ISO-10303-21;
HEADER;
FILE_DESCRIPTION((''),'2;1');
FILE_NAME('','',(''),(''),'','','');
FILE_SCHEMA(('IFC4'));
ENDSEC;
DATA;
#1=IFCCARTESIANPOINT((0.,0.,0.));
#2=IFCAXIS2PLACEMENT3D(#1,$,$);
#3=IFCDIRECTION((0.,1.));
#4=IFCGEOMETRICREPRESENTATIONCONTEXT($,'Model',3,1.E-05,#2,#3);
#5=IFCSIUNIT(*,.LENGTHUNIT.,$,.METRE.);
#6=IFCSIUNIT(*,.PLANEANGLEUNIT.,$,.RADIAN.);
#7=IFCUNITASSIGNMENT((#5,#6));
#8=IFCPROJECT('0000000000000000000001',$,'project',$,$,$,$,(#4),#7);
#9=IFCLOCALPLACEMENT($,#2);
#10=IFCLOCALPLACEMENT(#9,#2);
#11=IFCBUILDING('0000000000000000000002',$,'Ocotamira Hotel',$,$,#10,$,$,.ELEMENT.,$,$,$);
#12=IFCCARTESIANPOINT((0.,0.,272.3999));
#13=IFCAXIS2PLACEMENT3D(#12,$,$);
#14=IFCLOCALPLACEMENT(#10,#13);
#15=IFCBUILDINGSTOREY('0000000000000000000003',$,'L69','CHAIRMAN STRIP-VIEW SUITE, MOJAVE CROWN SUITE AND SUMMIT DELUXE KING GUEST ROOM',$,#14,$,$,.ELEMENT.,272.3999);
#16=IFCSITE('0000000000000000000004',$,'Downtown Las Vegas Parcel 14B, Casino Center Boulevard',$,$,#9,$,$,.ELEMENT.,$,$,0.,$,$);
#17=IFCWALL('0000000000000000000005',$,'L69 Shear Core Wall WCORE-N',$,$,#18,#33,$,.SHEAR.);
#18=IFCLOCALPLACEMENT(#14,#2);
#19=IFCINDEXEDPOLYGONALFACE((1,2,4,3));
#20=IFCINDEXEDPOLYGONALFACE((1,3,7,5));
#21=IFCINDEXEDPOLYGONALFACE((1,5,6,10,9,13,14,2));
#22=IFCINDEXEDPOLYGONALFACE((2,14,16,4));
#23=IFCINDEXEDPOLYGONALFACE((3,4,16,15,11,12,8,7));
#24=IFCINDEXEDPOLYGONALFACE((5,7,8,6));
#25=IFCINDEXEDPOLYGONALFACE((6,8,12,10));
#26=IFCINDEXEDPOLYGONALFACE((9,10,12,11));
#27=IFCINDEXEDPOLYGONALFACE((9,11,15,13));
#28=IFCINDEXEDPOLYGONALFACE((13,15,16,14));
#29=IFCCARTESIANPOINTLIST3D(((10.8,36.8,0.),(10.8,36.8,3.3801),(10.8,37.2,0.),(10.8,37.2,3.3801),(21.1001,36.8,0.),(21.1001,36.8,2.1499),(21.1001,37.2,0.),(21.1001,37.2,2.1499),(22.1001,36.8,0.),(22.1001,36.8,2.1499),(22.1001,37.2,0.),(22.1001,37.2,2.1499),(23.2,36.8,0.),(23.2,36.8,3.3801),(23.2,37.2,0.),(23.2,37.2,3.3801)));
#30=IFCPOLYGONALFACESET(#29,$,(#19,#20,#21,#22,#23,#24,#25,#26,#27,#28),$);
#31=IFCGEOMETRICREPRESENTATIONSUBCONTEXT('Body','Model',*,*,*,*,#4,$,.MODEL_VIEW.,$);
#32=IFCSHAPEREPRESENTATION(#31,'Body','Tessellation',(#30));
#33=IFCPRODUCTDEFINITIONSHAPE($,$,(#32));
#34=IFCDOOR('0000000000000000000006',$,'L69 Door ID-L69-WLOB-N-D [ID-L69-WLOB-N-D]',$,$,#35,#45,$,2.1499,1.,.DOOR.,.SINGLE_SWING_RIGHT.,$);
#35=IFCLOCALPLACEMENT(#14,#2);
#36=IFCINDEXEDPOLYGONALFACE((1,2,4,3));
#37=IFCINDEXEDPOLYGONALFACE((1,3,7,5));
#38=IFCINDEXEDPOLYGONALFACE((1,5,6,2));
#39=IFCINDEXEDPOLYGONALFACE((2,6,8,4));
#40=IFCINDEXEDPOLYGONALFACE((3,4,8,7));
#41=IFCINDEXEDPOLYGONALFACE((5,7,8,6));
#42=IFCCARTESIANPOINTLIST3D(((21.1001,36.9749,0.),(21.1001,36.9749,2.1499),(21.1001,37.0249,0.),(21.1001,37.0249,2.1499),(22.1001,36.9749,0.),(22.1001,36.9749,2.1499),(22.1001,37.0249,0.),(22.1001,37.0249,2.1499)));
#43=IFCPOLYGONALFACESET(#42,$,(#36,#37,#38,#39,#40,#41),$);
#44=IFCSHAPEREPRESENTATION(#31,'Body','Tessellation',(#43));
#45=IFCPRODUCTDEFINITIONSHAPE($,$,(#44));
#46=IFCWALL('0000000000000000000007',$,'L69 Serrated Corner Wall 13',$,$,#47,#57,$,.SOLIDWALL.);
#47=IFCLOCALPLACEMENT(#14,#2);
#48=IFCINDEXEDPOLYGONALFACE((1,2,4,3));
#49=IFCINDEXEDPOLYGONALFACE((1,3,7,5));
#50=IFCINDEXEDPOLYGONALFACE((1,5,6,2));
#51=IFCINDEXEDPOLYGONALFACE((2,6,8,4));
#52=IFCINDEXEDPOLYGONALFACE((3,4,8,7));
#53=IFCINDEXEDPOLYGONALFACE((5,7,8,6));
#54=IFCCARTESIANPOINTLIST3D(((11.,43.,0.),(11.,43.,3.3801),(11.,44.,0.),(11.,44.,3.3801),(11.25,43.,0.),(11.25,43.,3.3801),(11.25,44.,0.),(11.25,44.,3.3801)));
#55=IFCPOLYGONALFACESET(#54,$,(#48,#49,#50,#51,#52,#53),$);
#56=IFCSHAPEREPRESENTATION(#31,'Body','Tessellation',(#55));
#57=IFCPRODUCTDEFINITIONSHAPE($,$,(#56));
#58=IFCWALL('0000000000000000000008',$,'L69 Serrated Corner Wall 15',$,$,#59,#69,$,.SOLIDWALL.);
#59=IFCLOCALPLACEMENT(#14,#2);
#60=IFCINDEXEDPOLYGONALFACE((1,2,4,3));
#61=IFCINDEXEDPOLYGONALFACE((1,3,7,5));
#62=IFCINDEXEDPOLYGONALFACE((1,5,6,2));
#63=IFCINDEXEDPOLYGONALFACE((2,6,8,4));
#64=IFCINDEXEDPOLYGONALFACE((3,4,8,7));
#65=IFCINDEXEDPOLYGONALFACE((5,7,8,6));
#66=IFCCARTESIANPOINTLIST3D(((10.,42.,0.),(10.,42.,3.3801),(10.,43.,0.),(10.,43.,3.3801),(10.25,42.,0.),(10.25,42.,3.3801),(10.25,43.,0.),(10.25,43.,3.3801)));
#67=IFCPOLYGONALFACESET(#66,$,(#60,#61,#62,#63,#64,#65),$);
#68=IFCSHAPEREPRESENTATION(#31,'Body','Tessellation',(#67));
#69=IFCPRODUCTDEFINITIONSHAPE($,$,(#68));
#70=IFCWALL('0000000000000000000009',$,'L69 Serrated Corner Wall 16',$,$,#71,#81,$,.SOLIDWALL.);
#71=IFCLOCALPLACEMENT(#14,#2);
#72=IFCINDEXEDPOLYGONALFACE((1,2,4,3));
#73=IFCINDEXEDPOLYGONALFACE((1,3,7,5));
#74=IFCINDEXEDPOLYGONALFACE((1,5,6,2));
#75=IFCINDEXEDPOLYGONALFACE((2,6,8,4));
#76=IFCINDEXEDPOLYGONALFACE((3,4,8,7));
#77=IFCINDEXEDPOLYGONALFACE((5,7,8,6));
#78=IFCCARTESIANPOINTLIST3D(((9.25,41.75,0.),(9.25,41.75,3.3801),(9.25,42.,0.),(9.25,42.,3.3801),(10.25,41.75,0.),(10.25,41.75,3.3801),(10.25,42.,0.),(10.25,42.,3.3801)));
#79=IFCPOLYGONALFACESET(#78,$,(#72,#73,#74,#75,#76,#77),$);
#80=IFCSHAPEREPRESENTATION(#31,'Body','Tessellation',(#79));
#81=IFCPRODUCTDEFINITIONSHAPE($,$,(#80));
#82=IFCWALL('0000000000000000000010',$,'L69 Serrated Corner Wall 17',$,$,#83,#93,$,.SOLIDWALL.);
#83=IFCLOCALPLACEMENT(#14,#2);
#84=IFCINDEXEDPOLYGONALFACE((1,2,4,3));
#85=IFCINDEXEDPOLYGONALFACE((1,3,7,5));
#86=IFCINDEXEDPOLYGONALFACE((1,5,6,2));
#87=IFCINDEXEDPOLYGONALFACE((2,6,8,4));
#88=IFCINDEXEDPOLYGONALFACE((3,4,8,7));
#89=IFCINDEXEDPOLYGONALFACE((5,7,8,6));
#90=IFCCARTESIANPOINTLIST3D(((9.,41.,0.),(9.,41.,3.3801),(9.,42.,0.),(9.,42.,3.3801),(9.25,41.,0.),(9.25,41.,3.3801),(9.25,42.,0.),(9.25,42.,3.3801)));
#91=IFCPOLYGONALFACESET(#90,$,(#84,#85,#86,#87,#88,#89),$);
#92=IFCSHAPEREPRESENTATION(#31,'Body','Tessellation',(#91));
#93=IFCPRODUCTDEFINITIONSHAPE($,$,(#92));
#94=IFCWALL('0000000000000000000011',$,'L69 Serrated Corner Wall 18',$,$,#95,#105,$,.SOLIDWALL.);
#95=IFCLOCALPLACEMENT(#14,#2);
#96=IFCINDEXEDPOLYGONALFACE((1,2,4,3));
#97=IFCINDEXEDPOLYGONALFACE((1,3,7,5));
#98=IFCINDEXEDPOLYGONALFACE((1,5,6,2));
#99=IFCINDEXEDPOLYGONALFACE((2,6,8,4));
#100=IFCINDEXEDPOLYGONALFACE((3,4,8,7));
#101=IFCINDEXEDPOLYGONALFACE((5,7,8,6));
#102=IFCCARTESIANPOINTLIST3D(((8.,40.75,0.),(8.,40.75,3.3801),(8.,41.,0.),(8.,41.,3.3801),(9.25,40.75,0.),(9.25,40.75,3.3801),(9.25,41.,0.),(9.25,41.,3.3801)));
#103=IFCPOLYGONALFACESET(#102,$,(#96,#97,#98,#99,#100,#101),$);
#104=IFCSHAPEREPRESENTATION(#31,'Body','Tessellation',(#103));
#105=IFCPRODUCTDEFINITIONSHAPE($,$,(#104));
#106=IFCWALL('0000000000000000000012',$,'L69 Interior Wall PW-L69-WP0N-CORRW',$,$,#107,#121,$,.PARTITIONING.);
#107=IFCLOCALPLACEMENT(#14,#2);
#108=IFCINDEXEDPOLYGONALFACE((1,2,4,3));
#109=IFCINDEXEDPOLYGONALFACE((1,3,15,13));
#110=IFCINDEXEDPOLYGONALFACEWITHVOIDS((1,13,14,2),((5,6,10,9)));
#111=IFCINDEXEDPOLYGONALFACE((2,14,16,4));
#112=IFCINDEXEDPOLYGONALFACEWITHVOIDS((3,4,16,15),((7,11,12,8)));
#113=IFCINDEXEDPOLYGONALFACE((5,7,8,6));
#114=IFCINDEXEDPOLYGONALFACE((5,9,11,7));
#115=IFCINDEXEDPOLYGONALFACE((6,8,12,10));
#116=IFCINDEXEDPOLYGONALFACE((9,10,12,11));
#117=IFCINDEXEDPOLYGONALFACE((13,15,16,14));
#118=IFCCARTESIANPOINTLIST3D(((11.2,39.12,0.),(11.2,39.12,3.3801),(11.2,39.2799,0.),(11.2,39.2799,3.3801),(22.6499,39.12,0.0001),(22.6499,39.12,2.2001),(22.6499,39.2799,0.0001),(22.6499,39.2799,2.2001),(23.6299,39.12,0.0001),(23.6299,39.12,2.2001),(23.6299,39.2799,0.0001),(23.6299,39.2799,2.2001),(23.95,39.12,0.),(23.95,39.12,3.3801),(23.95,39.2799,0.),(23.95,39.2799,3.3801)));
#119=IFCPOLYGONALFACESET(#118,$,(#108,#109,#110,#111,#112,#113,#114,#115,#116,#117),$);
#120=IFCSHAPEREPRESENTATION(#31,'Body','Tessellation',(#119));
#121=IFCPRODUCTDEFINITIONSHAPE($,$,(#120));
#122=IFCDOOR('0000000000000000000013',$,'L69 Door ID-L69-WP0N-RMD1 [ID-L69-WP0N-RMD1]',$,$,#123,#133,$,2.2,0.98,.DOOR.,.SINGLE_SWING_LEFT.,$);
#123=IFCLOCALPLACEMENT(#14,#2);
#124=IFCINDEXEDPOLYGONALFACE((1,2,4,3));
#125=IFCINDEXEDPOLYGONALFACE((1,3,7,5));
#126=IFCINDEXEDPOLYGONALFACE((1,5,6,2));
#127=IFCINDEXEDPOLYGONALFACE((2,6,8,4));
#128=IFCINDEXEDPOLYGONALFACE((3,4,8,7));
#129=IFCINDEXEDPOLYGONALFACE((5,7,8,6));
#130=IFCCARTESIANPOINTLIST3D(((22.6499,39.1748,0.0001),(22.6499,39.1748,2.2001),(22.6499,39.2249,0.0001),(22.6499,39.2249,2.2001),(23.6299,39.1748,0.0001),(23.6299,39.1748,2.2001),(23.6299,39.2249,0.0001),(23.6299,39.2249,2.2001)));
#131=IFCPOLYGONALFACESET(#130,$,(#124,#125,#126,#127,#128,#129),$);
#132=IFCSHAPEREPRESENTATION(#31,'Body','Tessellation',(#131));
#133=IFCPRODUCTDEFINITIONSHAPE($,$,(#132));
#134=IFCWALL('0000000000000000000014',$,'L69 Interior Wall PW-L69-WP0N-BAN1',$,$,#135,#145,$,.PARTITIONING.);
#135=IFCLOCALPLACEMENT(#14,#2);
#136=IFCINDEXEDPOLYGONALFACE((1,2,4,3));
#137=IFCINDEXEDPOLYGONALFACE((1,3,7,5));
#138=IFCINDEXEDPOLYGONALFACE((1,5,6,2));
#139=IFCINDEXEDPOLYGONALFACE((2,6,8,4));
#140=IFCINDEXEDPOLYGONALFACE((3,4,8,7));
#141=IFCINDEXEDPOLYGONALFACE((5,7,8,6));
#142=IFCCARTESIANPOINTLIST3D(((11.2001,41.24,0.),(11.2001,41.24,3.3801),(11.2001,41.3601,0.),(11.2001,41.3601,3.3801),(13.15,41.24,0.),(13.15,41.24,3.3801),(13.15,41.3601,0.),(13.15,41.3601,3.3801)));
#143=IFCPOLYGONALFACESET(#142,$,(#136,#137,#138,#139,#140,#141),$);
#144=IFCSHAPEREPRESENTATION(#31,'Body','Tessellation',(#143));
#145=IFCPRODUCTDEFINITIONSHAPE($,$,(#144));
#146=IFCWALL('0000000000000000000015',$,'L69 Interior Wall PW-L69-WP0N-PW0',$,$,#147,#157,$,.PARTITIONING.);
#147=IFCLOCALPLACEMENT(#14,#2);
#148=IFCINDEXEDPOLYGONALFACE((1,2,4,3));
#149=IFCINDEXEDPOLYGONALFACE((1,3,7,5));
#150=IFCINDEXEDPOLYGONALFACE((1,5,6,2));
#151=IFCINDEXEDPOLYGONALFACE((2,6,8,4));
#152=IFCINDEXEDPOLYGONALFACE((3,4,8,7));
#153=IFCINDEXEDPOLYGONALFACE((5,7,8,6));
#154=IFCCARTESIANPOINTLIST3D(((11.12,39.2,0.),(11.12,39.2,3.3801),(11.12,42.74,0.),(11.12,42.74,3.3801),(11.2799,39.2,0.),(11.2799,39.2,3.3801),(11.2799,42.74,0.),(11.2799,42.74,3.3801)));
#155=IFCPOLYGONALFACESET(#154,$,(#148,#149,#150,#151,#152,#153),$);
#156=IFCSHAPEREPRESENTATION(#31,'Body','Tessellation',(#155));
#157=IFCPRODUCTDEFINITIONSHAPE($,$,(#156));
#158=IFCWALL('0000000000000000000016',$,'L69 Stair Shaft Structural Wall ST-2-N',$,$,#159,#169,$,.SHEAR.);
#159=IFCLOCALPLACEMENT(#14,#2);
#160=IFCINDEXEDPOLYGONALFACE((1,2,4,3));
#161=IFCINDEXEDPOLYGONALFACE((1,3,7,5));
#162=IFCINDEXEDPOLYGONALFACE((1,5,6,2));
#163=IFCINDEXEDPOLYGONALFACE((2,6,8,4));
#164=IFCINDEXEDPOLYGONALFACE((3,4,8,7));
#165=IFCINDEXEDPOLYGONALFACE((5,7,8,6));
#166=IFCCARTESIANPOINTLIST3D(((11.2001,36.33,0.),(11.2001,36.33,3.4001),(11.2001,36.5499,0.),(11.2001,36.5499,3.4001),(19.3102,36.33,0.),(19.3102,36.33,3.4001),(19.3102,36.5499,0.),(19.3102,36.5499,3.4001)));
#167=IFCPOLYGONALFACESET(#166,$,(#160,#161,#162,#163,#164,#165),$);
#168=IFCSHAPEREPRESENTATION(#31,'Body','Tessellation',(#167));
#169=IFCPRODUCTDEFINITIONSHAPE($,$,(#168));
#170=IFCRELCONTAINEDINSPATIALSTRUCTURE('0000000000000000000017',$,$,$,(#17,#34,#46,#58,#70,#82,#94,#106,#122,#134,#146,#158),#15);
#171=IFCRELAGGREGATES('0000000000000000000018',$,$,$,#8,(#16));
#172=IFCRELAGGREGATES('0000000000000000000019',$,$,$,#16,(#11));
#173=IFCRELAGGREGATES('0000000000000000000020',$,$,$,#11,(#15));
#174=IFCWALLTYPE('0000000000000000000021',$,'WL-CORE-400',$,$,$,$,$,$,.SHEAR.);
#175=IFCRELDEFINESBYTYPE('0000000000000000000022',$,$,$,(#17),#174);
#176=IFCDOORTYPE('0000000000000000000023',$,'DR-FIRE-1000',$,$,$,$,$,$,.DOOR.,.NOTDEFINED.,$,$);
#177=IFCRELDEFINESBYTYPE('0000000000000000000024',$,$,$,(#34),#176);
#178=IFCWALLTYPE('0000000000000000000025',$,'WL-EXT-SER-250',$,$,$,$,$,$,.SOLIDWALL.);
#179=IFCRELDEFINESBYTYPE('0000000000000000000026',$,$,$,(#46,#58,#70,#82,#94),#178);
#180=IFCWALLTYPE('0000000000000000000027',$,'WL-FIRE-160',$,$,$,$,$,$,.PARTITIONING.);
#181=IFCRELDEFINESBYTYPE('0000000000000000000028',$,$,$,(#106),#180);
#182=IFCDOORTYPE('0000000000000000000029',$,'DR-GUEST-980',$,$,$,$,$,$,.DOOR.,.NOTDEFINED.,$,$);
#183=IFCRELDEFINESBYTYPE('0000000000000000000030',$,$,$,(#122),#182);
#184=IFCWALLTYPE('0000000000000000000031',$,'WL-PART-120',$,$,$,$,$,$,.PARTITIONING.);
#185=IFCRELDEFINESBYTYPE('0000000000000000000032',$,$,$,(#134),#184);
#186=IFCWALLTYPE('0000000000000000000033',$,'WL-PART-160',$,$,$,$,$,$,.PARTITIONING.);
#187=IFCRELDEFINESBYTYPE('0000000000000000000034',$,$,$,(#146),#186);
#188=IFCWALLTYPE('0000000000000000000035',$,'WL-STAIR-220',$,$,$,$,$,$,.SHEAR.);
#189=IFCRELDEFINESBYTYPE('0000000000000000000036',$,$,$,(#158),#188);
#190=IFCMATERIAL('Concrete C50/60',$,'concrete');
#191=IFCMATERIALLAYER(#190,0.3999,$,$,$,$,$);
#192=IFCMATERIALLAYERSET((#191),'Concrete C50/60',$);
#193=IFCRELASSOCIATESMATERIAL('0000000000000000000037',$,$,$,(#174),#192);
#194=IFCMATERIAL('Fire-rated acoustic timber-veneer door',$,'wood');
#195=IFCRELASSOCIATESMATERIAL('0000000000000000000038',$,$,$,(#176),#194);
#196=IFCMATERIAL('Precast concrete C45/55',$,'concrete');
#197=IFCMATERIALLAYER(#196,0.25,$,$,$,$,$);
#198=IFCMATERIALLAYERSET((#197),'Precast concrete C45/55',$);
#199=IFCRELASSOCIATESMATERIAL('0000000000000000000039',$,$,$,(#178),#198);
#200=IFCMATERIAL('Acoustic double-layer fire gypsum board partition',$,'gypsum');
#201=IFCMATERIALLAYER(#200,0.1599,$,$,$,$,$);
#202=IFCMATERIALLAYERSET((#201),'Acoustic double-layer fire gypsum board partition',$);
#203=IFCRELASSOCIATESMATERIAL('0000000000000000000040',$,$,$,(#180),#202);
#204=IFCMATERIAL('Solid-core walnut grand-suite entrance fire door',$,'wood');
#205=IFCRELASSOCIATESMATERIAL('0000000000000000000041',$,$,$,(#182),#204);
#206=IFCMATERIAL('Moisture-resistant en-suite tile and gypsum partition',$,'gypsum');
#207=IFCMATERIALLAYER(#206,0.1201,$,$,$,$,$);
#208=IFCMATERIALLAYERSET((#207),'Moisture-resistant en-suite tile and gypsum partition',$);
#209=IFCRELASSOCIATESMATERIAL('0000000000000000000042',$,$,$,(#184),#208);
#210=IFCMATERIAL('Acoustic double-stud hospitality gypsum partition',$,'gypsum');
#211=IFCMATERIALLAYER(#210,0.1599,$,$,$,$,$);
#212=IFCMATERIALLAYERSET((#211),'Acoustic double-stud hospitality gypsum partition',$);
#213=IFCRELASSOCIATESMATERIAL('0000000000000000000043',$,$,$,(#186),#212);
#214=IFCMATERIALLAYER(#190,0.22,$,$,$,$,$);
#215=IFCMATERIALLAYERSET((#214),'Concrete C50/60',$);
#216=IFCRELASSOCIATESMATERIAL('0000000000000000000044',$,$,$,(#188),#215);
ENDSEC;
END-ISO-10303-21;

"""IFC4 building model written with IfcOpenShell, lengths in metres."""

from ifc_helpers import new_model, si_unit, direction, frame, frame_2d, origin, place, context, subcontext, project, spatial, rectangle, extrude, source, transform, mapped, material, layer, layer_set, type_object, element, fill, save


model = new_model("IFC4")

# Units and contexts
model_context = context("Model", 3, precision=1e-05, world=origin(), true_north=direction((0.0, 1.0)))
body_context = subcontext(model_context, "Body", "Model", "MODEL_VIEW")
ifc_project = project(units=[si_unit("LENGTHUNIT", "METRE"), si_unit("PLANEANGLEUNIT", "RADIAN")], contexts=[model_context])

# Site, building, storey
site_placement = place(None, origin())
site = spatial("IfcSite", under=ifc_project, at=site_placement, Name="Downtown Las Vegas Parcel 14B, Casino Center Boulevard", CompositionType="ELEMENT", RefElevation=0.0)
building_placement = place(site_placement, origin())
building = spatial("IfcBuilding", under=site, at=building_placement, Name="Ocotamira Hotel", CompositionType="ELEMENT")
storey_placement = place(building_placement, frame((0.0, 0.0, 272.3999)))
storey = spatial("IfcBuildingStorey", under=building, at=storey_placement, Name="L69", Description="CHAIRMAN STRIP-VIEW SUITE, MOJAVE CROWN SUITE AND SUMMIT DELUXE KING GUEST ROOM", CompositionType="ELEMENT", Elevation=272.3999)

# Wall, opening, door
ifc_material_1 = material(Name="Concrete C50/60", Category="concrete")
ifc_layer_1 = layer(ifc_material_1, 0.3999)
ifc_layer_set_1 = layer_set([ifc_layer_1], Name="Concrete C50/60")
wall_type_1 = type_object("IfcWallType", Name="WL-CORE-400", PredefinedType="SHEAR", material=ifc_layer_set_1)
wall_1_placement = place(storey_placement, frame((10.8, 37.0, 0.0), z_axis=(0.0, 0.0, 1.0), x_axis=(1.0, 0.0, 0.0)))
wall_1 = element("IfcWall", 1, at=wall_1_placement, inside=storey, type_object=wall_type_1, Name="L69 Shear Core Wall WCORE-N", PredefinedType="SHEAR", context=body_context, shape_type="SweptSolid", body=[
    extrude(rectangle(XDim=12.3999, YDim=0.3999, at=frame_2d((6.2, 0.0))), origin(), (0.0, 0.0, 1.0), 3.3801),
])
opening_1_placement = place(wall_1_placement, frame((10.3, 0.0, 0.0)))
opening_1 = element("IfcOpeningElement", 2, at=opening_1_placement, cuts=wall_1, PredefinedType="OPENING", context=body_context, shape_type="SweptSolid", body=[
    extrude(rectangle(XDim=1.0, YDim=2.1499, at=frame_2d((0.5, 1.075))), frame((0.0, 0.21, 0.0), z_axis=(0.0, -1.0, 0.0), x_axis=(1.0, 0.0, 0.0)), (0.0, 0.0, 1.0), 0.4199),
])
ifc_material_2 = material(Name="Fire-rated acoustic timber-veneer door", Category="wood")
door_type_1 = type_object("IfcDoorType", Name="DR-FIRE-1000", OperationType="NOTDEFINED", PredefinedType="DOOR", material=ifc_material_2)
shared_shape_1 = source(origin(), body_context, "Body", "SweptSolid", [
    extrude(rectangle(XDim=1.0, YDim=2.1499, at=frame_2d((0.5, 1.075))), frame((0.0, 0.0249, 0.0), z_axis=(0.0, -1.0, 0.0), x_axis=(1.0, 0.0, 0.0)), (0.0, 0.0, 1.0), 0.05),
])
door_1_placement = place(opening_1_placement, origin())
door_1 = element("IfcDoor", 3, at=door_1_placement, inside=storey, type_object=door_type_1, Name="L69 Door ID-L69-WLOB-N-D [ID-L69-WLOB-N-D]", OperationType="SINGLE_SWING_RIGHT", OverallHeight=2.1499, OverallWidth=1.0, PredefinedType="DOOR", context=body_context, shape_type="MappedRepresentation", body=[
    mapped(shared_shape_1, transform((0.0, 0.0, 0.0), scale=1.0)),
])
fill(opening_1, door_1)

# Walls
ifc_material_3 = material(Name="Precast concrete C45/55", Category="concrete")
ifc_layer_2 = layer(ifc_material_3, 0.25)
ifc_layer_set_2 = layer_set([ifc_layer_2], Name="Precast concrete C45/55")
wall_type_2 = type_object("IfcWallType", Name="WL-EXT-SER-250", PredefinedType="SOLIDWALL", material=ifc_layer_set_2)
for number, where, z_axis, x_axis, name in (
    (4, (11.125, 44.0, 0.0), (0.0, 0.0, 1.0), (0.0, -1.0, 0.0), "L69 Serrated Corner Wall 13"),
    (5, (10.125, 43.0, 0.0), (0.0, 0.0, 1.0), (0.0, -1.0, 0.0), "L69 Serrated Corner Wall 15"),
    (6, (10.25, 41.875, 0.0), (0.0, 0.0, 1.0), (-1.0, 0.0, 0.0), "L69 Serrated Corner Wall 16"),
    (7, (9.125, 42.0, 0.0), (0.0, 0.0, 1.0), (0.0, -1.0, 0.0), "L69 Serrated Corner Wall 17"),
):
    element("IfcWall", number, at=place(storey_placement, frame(where, z_axis=z_axis, x_axis=x_axis)), inside=storey, type_object=wall_type_2, Name=name, PredefinedType="SOLIDWALL", context=body_context, shape_type="SweptSolid", body=[
        extrude(rectangle(XDim=1.0, YDim=0.25, at=frame_2d((0.5, 0.0))), origin(), (0.0, 0.0, 1.0), 3.3801),
    ])
wall_2_placement = place(storey_placement, frame((9.25, 40.875, 0.0), z_axis=(0.0, 0.0, 1.0), x_axis=(-1.0, 0.0, 0.0)))
element("IfcWall", 8, at=wall_2_placement, inside=storey, type_object=wall_type_2, Name="L69 Serrated Corner Wall 18", PredefinedType="SOLIDWALL", context=body_context, shape_type="SweptSolid", body=[
    extrude(rectangle(XDim=1.25, YDim=0.25, at=frame_2d((0.625, 0.0))), origin(), (0.0, 0.0, 1.0), 3.3801),
])

# Wall, opening, door
ifc_material_4 = material(Name="Acoustic double-layer fire gypsum board partition", Category="gypsum")
ifc_layer_3 = layer(ifc_material_4, 0.1599)
ifc_layer_set_3 = layer_set([ifc_layer_3], Name="Acoustic double-layer fire gypsum board partition")
wall_type_3 = type_object("IfcWallType", Name="WL-FIRE-160", PredefinedType="PARTITIONING", material=ifc_layer_set_3)
wall_3_placement = place(storey_placement, frame((11.2, 39.2, 0.0), z_axis=(0.0, 0.0, 1.0), x_axis=(1.0, 0.0, 0.0)))
wall_3 = element("IfcWall", 9, at=wall_3_placement, inside=storey, type_object=wall_type_3, Name="L69 Interior Wall PW-L69-WP0N-CORRW", PredefinedType="PARTITIONING", context=body_context, shape_type="SweptSolid", body=[
    extrude(rectangle(XDim=12.75, YDim=0.1599, at=frame_2d((6.375, 0.0))), origin(), (0.0, 0.0, 1.0), 3.3801),
])
opening_2_placement = place(wall_3_placement, frame((11.45, 0.0, 0.0)))
opening_2 = element("IfcOpeningElement", 10, at=opening_2_placement, cuts=wall_3, PredefinedType="OPENING", context=body_context, shape_type="SweptSolid", body=[
    extrude(rectangle(XDim=0.98, YDim=2.2, at=frame_2d((0.49, 1.1001))), frame((0.0, 0.0898, 0.0), z_axis=(0.0, -1.0, 0.0), x_axis=(1.0, 0.0, 0.0)), (0.0, 0.0, 1.0), 0.1799),
])
ifc_material_5 = material(Name="Solid-core walnut grand-suite entrance fire door", Category="wood")
door_type_2 = type_object("IfcDoorType", Name="DR-GUEST-980", OperationType="NOTDEFINED", PredefinedType="DOOR", material=ifc_material_5)
shared_shape_2 = source(origin(), body_context, "Body", "SweptSolid", [
    extrude(rectangle(XDim=0.98, YDim=2.2, at=frame_2d((0.49, 1.1001))), frame((0.0, 0.0249, 0.0), z_axis=(0.0, -1.0, 0.0), x_axis=(1.0, 0.0, 0.0)), (0.0, 0.0, 1.0), 0.05),
])
door_2_placement = place(opening_2_placement, origin())
door_2 = element("IfcDoor", 11, at=door_2_placement, inside=storey, type_object=door_type_2, Name="L69 Door ID-L69-WP0N-RMD1 [ID-L69-WP0N-RMD1]", OperationType="SINGLE_SWING_LEFT", OverallHeight=2.2, OverallWidth=0.98, PredefinedType="DOOR", context=body_context, shape_type="MappedRepresentation", body=[
    mapped(shared_shape_2, transform((0.0, 0.0, 0.0), scale=1.0)),
])
fill(opening_2, door_2)

# Wall
ifc_material_6 = material(Name="Moisture-resistant en-suite tile and gypsum partition", Category="gypsum")
ifc_layer_4 = layer(ifc_material_6, 0.1201)
ifc_layer_set_4 = layer_set([ifc_layer_4], Name="Moisture-resistant en-suite tile and gypsum partition")
wall_type_4 = type_object("IfcWallType", Name="WL-PART-120", PredefinedType="PARTITIONING", material=ifc_layer_set_4)
wall_4_placement = place(storey_placement, frame((11.2, 41.3, 0.0), z_axis=(0.0, 0.0, 1.0), x_axis=(1.0, 0.0, 0.0)))
element("IfcWall", 12, at=wall_4_placement, inside=storey, type_object=wall_type_4, Name="L69 Interior Wall PW-L69-WP0N-BAN1", PredefinedType="PARTITIONING", context=body_context, shape_type="SweptSolid", body=[
    extrude(rectangle(XDim=1.95, YDim=0.1201, at=frame_2d((0.9751, 0.0))), origin(), (0.0, 0.0, 1.0), 3.3801),
])

# Walls
ifc_material_7 = material(Name="Acoustic double-stud hospitality gypsum partition", Category="gypsum")
ifc_layer_5 = layer(ifc_material_7, 0.1599)
ifc_layer_set_5 = layer_set([ifc_layer_5], Name="Acoustic double-stud hospitality gypsum partition")
wall_type_5 = type_object("IfcWallType", Name="WL-PART-160", PredefinedType="PARTITIONING", material=ifc_layer_set_5)
wall_5_placement = place(storey_placement, frame((11.2, 39.2, 0.0), z_axis=(0.0, 0.0, 1.0), x_axis=(0.0, 1.0, 0.0)))
element("IfcWall", 13, at=wall_5_placement, inside=storey, type_object=wall_type_5, Name="L69 Interior Wall PW-L69-WP0N-PW0", PredefinedType="PARTITIONING", context=body_context, shape_type="SweptSolid", body=[
    extrude(rectangle(XDim=3.54, YDim=0.1599, at=frame_2d((1.77, 0.0))), origin(), (0.0, 0.0, 1.0), 3.3801),
])
ifc_layer_6 = layer(ifc_material_1, 0.22)
ifc_layer_set_6 = layer_set([ifc_layer_6], Name="Concrete C50/60")
wall_type_6 = type_object("IfcWallType", Name="WL-STAIR-220", PredefinedType="SHEAR", material=ifc_layer_set_6)
wall_6_placement = place(storey_placement, frame((11.2, 36.4399, 0.0), z_axis=(0.0, 0.0, 1.0), x_axis=(1.0, 0.0, 0.0)))
element("IfcWall", 14, at=wall_6_placement, inside=storey, type_object=wall_type_6, Name="L69 Stair Shaft Structural Wall ST-2-N", PredefinedType="SHEAR", context=body_context, shape_type="SweptSolid", body=[
    extrude(rectangle(XDim=8.1101, YDim=0.22, at=frame_2d((4.0552, 0.0))), origin(), (0.0, 0.0, 1.0), 3.4001),
])

save(model, "model.ifc")
